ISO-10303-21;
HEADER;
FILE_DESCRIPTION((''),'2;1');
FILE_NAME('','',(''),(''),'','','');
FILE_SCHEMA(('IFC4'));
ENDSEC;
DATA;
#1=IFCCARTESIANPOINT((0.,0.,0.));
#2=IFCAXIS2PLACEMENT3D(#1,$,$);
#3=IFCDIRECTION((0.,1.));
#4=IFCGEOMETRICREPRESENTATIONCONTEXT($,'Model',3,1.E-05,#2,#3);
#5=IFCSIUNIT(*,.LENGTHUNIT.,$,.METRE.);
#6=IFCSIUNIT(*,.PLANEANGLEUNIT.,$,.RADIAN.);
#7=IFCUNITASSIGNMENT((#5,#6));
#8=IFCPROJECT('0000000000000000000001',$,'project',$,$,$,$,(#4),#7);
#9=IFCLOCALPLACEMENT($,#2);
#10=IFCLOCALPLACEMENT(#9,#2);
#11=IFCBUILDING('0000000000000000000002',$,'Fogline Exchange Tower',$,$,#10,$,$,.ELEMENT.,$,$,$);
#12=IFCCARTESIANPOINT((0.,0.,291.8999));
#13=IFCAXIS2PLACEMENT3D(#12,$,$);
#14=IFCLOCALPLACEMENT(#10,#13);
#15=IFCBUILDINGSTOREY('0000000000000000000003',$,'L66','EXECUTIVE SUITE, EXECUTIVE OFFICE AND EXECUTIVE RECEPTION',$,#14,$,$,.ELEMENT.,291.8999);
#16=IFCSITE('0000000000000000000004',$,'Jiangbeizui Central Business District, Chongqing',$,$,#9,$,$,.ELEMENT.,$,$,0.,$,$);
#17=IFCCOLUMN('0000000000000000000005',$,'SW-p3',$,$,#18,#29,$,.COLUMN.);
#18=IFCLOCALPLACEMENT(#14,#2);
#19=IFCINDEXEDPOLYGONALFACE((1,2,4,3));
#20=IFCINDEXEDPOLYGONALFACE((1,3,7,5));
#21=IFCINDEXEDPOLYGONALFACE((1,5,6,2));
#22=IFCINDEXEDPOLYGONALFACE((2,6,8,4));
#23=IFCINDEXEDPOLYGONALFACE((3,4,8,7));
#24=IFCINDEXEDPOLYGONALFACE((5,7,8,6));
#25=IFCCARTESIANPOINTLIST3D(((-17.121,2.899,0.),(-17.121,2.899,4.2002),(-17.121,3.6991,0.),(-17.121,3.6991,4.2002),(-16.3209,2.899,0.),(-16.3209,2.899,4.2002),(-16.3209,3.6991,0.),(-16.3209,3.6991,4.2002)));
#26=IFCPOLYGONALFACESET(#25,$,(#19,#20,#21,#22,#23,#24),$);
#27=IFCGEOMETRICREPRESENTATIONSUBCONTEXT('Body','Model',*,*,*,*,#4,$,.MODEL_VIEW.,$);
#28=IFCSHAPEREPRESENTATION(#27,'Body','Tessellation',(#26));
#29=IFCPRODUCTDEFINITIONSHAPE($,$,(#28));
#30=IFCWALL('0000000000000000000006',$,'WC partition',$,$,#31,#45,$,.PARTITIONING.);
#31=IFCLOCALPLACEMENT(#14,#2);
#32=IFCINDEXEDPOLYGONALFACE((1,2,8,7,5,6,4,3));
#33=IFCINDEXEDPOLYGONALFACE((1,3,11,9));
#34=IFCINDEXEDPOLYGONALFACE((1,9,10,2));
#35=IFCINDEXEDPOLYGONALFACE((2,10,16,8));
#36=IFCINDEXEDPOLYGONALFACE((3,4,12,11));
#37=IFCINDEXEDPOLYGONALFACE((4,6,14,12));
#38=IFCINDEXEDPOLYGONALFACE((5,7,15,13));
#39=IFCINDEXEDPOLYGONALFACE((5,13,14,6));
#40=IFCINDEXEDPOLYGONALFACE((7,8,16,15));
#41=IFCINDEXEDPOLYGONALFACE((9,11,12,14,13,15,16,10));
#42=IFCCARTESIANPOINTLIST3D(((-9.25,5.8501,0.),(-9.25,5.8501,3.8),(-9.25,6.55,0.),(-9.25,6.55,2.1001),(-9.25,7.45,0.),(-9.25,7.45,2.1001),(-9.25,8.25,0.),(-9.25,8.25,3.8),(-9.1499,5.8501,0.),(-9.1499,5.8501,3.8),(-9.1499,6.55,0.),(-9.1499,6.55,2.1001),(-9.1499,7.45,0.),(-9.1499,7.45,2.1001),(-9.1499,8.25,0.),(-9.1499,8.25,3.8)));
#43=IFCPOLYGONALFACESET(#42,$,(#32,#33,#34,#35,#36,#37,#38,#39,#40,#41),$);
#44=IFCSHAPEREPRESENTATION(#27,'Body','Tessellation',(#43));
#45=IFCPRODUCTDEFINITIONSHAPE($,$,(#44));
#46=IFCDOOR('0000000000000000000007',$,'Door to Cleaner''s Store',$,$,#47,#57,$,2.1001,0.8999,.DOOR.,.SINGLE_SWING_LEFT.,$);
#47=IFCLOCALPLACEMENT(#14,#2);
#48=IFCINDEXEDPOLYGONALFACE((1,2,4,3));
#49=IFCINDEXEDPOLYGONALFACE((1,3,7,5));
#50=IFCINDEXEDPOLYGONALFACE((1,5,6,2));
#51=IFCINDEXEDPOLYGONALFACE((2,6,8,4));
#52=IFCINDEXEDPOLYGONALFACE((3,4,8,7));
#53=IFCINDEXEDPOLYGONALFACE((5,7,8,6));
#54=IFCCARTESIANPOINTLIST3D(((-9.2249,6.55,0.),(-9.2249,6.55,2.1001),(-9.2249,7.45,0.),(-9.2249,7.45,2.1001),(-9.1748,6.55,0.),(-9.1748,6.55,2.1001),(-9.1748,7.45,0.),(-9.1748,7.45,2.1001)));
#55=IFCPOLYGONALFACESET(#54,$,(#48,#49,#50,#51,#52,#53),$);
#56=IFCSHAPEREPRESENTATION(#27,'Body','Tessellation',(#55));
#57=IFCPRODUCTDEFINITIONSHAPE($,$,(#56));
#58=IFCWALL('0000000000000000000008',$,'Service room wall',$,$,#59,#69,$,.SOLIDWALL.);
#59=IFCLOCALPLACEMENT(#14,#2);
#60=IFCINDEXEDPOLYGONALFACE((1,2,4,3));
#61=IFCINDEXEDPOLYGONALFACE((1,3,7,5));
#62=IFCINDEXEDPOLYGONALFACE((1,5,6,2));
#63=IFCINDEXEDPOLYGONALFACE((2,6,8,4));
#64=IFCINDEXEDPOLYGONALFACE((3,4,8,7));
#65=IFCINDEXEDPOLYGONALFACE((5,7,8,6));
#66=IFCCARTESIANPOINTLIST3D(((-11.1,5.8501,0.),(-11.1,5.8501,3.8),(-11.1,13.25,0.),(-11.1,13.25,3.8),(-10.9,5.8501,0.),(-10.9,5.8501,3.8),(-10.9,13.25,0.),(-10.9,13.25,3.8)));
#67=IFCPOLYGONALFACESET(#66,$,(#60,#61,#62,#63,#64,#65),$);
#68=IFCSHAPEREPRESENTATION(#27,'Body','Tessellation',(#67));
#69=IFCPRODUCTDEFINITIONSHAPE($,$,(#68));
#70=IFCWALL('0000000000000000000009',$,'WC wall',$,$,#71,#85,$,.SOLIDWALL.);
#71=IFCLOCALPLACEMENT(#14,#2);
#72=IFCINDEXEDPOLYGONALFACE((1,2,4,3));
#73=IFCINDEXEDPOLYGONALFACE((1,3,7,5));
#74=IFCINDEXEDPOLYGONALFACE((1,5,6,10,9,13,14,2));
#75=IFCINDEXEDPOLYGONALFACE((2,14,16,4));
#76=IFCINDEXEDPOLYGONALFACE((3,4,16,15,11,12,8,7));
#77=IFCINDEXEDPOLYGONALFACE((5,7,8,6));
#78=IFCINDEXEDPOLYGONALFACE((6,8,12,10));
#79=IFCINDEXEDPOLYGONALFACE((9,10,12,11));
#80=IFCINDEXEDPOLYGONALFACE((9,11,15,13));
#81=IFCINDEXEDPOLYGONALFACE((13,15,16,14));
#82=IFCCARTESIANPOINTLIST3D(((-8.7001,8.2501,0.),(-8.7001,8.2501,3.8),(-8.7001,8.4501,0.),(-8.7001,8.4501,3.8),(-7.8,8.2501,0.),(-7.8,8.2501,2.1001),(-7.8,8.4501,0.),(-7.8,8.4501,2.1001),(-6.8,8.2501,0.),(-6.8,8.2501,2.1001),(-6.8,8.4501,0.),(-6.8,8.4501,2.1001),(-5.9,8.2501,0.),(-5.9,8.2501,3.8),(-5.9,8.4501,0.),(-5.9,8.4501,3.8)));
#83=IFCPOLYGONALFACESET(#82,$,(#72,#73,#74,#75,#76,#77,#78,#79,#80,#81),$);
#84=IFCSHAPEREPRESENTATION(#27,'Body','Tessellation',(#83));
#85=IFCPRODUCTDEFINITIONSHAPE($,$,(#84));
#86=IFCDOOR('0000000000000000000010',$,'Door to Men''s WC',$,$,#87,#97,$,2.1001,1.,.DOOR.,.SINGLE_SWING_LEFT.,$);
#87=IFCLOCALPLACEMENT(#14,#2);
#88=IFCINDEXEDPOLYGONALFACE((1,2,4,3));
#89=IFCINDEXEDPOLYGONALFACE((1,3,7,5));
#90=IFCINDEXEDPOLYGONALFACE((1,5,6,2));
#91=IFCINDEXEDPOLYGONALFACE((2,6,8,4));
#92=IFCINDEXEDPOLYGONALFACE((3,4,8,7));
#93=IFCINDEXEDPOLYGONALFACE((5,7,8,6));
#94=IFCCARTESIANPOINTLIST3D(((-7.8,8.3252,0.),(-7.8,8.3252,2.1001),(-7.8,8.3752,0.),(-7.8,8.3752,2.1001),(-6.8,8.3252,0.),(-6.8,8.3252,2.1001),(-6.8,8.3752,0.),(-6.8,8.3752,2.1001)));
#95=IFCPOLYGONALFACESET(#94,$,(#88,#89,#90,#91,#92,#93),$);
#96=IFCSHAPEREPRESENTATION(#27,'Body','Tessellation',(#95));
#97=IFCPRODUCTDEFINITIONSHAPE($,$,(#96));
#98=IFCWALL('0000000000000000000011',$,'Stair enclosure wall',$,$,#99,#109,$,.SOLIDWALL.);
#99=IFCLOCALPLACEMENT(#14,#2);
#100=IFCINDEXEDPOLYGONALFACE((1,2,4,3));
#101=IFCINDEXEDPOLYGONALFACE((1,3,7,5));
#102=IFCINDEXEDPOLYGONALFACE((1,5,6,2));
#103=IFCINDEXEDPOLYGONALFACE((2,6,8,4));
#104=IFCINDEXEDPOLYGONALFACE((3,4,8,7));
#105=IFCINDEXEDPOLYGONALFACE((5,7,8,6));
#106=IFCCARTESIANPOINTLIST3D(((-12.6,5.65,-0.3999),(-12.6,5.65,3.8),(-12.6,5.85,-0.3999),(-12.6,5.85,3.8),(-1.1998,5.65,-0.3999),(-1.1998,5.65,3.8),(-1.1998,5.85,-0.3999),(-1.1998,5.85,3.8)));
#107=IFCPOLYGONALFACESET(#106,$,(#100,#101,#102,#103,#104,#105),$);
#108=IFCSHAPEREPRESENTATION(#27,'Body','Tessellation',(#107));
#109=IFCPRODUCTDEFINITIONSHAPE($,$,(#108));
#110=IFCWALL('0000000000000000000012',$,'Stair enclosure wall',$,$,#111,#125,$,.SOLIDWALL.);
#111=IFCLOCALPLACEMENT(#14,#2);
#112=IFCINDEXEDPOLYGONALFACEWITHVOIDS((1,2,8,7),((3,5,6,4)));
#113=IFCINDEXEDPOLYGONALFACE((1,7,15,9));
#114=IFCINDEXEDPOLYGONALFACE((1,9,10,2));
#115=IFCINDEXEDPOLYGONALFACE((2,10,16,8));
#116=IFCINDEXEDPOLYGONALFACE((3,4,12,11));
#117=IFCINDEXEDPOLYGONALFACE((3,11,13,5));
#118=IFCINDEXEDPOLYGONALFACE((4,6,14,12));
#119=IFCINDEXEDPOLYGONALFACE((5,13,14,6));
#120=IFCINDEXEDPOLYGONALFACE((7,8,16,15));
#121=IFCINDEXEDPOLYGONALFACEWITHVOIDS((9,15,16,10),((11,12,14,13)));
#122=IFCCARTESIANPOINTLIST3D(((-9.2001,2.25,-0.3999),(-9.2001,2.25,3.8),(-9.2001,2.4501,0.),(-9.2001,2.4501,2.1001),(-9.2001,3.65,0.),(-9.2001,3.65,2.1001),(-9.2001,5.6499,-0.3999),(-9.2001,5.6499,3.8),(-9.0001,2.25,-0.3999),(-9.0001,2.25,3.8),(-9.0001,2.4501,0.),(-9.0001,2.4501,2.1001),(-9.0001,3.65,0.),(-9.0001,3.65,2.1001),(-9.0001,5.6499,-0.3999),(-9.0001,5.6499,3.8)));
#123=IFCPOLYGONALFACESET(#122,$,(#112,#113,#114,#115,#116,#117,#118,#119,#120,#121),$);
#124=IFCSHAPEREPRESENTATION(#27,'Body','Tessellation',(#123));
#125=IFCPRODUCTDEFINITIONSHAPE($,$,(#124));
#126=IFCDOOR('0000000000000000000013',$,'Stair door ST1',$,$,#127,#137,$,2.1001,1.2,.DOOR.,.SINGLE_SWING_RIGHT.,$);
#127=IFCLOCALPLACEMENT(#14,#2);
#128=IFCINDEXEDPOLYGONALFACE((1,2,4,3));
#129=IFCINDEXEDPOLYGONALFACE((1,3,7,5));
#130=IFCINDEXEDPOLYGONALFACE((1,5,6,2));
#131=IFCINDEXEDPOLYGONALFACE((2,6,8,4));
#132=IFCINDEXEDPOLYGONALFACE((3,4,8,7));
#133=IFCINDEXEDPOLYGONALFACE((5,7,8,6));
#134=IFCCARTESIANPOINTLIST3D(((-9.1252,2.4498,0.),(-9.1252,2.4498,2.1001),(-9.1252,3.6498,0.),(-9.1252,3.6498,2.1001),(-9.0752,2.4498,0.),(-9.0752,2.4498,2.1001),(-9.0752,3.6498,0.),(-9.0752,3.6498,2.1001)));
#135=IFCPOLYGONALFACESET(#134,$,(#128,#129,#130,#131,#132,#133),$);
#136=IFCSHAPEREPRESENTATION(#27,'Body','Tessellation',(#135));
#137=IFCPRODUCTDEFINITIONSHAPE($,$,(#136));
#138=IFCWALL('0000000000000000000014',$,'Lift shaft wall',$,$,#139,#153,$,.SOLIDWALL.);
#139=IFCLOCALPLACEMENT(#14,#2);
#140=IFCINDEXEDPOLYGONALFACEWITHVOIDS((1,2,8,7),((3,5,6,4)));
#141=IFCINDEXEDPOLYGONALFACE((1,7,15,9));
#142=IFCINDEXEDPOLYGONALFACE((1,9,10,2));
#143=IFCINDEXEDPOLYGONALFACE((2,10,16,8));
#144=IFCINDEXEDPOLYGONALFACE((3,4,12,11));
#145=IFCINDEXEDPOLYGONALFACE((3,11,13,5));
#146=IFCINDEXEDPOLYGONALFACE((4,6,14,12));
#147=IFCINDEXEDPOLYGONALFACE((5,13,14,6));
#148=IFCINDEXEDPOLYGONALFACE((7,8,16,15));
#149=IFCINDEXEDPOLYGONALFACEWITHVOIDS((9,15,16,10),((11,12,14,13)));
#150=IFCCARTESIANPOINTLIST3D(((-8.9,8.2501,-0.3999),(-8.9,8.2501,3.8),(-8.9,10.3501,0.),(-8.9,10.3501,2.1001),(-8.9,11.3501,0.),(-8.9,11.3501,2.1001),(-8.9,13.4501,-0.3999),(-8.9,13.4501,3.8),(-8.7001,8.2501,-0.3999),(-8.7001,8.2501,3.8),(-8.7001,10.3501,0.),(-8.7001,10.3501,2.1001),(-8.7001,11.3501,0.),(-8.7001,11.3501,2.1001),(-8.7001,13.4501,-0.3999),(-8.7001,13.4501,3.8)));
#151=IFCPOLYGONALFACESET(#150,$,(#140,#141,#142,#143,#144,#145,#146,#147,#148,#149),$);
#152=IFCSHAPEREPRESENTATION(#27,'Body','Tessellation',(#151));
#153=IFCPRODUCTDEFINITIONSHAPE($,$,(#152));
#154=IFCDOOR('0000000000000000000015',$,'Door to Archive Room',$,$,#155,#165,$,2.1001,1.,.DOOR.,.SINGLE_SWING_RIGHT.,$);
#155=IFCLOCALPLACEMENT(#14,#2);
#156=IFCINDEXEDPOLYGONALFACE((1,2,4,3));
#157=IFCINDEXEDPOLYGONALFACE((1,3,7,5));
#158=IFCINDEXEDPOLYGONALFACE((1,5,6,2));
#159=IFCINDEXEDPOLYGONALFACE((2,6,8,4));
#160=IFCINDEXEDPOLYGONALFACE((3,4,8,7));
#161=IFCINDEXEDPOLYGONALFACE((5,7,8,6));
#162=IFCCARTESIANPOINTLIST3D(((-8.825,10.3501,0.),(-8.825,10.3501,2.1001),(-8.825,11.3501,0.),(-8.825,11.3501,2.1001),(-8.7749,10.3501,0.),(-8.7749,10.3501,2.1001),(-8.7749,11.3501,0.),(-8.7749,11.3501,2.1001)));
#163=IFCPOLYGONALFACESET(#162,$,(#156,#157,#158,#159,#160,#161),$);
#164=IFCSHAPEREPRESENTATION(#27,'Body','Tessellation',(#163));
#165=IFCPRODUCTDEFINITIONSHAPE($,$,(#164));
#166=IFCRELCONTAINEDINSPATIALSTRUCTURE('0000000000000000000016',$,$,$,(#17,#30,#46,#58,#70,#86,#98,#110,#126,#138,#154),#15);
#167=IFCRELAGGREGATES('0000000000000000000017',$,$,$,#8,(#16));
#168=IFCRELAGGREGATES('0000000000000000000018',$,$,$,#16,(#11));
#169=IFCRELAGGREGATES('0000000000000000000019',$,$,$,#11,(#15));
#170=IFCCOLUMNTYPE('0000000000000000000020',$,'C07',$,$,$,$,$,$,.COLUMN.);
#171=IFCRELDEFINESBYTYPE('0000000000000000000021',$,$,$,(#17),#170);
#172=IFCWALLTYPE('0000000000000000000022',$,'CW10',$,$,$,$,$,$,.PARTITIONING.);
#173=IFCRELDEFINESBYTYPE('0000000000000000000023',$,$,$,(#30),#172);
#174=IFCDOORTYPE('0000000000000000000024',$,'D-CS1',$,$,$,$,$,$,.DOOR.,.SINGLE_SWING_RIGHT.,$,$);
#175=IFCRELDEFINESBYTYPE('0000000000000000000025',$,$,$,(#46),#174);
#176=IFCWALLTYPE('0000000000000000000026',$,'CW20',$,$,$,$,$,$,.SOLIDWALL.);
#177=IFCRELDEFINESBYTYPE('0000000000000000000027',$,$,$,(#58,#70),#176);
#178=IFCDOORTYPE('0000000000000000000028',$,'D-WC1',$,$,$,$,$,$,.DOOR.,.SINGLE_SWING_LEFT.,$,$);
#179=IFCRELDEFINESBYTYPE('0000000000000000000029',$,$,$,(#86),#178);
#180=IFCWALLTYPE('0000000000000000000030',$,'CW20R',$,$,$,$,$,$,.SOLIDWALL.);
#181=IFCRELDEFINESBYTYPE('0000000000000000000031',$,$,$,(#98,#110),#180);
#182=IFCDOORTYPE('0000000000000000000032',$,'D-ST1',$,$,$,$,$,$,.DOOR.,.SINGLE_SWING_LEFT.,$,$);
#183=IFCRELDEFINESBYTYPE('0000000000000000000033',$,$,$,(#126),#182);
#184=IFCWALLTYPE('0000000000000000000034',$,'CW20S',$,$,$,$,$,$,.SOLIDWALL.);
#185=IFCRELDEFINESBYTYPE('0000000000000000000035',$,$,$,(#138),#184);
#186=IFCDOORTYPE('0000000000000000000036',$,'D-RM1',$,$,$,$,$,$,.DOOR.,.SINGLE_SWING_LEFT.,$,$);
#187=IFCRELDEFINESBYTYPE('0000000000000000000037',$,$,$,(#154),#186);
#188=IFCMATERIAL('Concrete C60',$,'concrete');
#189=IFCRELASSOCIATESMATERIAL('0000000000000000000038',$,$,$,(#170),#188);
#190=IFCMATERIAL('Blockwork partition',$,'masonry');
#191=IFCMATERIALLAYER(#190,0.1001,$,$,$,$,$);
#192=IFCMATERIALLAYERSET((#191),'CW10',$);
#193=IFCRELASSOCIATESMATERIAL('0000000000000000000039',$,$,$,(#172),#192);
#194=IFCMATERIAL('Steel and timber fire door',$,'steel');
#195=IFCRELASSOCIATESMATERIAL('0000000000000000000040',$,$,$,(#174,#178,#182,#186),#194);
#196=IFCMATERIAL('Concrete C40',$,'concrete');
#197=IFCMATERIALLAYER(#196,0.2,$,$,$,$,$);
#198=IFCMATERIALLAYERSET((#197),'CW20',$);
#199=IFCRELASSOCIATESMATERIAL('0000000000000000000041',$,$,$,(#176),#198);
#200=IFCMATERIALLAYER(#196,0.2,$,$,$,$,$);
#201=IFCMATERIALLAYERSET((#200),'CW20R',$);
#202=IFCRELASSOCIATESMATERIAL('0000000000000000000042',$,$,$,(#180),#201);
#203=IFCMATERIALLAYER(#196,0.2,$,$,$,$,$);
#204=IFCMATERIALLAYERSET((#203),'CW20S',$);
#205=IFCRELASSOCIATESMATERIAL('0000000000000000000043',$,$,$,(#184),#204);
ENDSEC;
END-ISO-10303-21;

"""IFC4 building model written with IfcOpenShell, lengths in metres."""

from ifc_helpers import new_model, si_unit, direction, frame, frame_2d, origin, origin_2d, place, context, subcontext, project, spatial, rectangle, extrude, material, layer, layer_set, material_profile, profile_set, type_object, element, fill, save


model = new_model("IFC4")

# Units and contexts
model_context = context("Model", 3, precision=1e-05, world=origin(), true_north=direction((0.0, 1.0)))
body_context = subcontext(model_context, "Body", "Model", "MODEL_VIEW")
ifc_project = project(units=[si_unit("LENGTHUNIT", "METRE"), si_unit("PLANEANGLEUNIT", "RADIAN")], contexts=[model_context])

# Site, building, storey
site_placement = place(None, origin())
site = spatial("IfcSite", under=ifc_project, at=site_placement, Name="Jiangbeizui Central Business District, Chongqing", CompositionType="ELEMENT", RefElevation=0.0)
building_placement = place(site_placement, origin())
building = spatial("IfcBuilding", under=site, at=building_placement, Name="Fogline Exchange Tower", CompositionType="ELEMENT")
storey_placement = place(building_placement, frame((0.0, 0.0, 291.8999)))
storey = spatial("IfcBuildingStorey", under=building, at=storey_placement, Name="L66", Description="EXECUTIVE SUITE, EXECUTIVE OFFICE AND EXECUTIVE RECEPTION", CompositionType="ELEMENT", Elevation=291.8999)

# Column
ifc_material_1 = material(Name="Concrete C60", Category="concrete")
ifc_material_profile = material_profile(ifc_material_1, rectangle(XDim=0.8, YDim=0.8, at=origin_2d()), Name="RC 800x800")
ifc_profile_set = profile_set([ifc_material_profile], Name="Concrete C60")
column_type = type_object("IfcColumnType", Name="C07", PredefinedType="COLUMN", material=ifc_profile_set)
column_placement = place(storey_placement, frame((-16.7209, 3.2991, 0.0), z_axis=(0.0, 0.0, 1.0), x_axis=(1.0, 0.0, 0.0)))
element("IfcColumn", 1, at=column_placement, inside=storey, type_object=column_type, Name="SW-p3", PredefinedType="COLUMN", context=body_context, shape_type="SweptSolid", body=[
    extrude(rectangle(XDim=0.8, YDim=0.8, at=origin_2d()), origin(), (0.0, 0.0, 1.0), 4.2002),
])

# Wall, opening, door
ifc_material_2 = material(Name="Blockwork partition", Category="masonry")
ifc_layer_1 = layer(ifc_material_2, 0.1001)
ifc_layer_set_1 = layer_set([ifc_layer_1], Name="CW10")
wall_type_1 = type_object("IfcWallType", Name="CW10", PredefinedType="PARTITIONING", material=ifc_layer_set_1)
wall_1_placement = place(storey_placement, frame((-9.2, 5.8501, 0.0), z_axis=(0.0, 0.0, 1.0), x_axis=(0.0, 1.0, 0.0)))
wall_1 = element("IfcWall", 2, at=wall_1_placement, inside=storey, type_object=wall_type_1, Name="WC partition", PredefinedType="PARTITIONING", context=body_context, shape_type="SweptSolid", body=[
    extrude(rectangle(XDim=2.3999, YDim=0.1001, at=frame_2d((1.2, 0.0))), origin(), (0.0, 0.0, 1.0), 3.8),
])
opening_1_placement = place(wall_1_placement, frame((0.7, 0.0, 0.0)))
opening_1 = element("IfcOpeningElement", 3, at=opening_1_placement, cuts=wall_1, PredefinedType="OPENING", context=body_context, shape_type="SweptSolid", body=[
    extrude(rectangle(XDim=0.8999, YDim=2.1001, at=frame_2d((0.45, 1.05))), frame((0.0, 0.0601, 0.0), z_axis=(0.0, -1.0, 0.0), x_axis=(1.0, 0.0, 0.0)), (0.0, 0.0, 1.0), 0.1201),
])
ifc_material_3 = material(Name="Steel and timber fire door", Category="steel")
door_type_1 = type_object("IfcDoorType", Name="D-CS1", OperationType="SINGLE_SWING_RIGHT", PredefinedType="DOOR", material=ifc_material_3)
door_1_placement = place(opening_1_placement, origin())
door_1 = element("IfcDoor", 4, at=door_1_placement, inside=storey, type_object=door_type_1, Name="Door to Cleaner's Store", OperationType="SINGLE_SWING_LEFT", OverallHeight=2.1001, OverallWidth=0.8999, PredefinedType="DOOR", context=body_context, shape_type="SweptSolid", body=[
    extrude(rectangle(XDim=0.8999, YDim=2.1001, at=frame_2d((0.45, 1.05))), frame((0.0, 0.0249, 0.0), z_axis=(0.0, -1.0, 0.0), x_axis=(1.0, 0.0, 0.0)), (0.0, 0.0, 1.0), 0.05),
])
fill(opening_1, door_1)

# Wall
ifc_material_4 = material(Name="Concrete C40", Category="concrete")
ifc_layer_2 = layer(ifc_material_4, 0.2)
ifc_layer_set_2 = layer_set([ifc_layer_2], Name="CW20")
wall_type_2 = type_object("IfcWallType", Name="CW20", PredefinedType="SOLIDWALL", material=ifc_layer_set_2)
wall_2_placement = place(storey_placement, frame((-11.0, 5.8501, 0.0), z_axis=(0.0, 0.0, 1.0), x_axis=(0.0, 1.0, 0.0)))
element("IfcWall", 5, at=wall_2_placement, inside=storey, type_object=wall_type_2, Name="Service room wall", PredefinedType="SOLIDWALL", context=body_context, shape_type="SweptSolid", body=[
    extrude(rectangle(XDim=7.3999, YDim=0.2, at=frame_2d((3.7, 0.0))), origin(), (0.0, 0.0, 1.0), 3.8),
])

# Wall, opening, door
wall_3_placement = place(storey_placement, frame((-8.7, 8.3501, 0.0), z_axis=(0.0, 0.0, 1.0), x_axis=(1.0, 0.0, 0.0)))
wall_3 = element("IfcWall", 6, at=wall_3_placement, inside=storey, type_object=wall_type_2, Name="WC wall", PredefinedType="SOLIDWALL", context=body_context, shape_type="SweptSolid", body=[
    extrude(rectangle(XDim=2.8, YDim=0.2, at=frame_2d((1.3999, 0.0))), origin(), (0.0, 0.0, 1.0), 3.8),
])
opening_2_placement = place(wall_3_placement, frame((0.8999, 0.0, 0.0)))
opening_2 = element("IfcOpeningElement", 7, at=opening_2_placement, cuts=wall_3, PredefinedType="OPENING", context=body_context, shape_type="SweptSolid", body=[
    extrude(rectangle(XDim=1.0, YDim=2.1001, at=frame_2d((0.5, 1.05))), frame((0.0, 0.1099, 0.0), z_axis=(0.0, -1.0, 0.0), x_axis=(1.0, 0.0, 0.0)), (0.0, 0.0, 1.0), 0.22),
])
door_type_2 = type_object("IfcDoorType", Name="D-WC1", OperationType="SINGLE_SWING_LEFT", PredefinedType="DOOR", material=ifc_material_3)
door_2_placement = place(opening_2_placement, frame((1.0, 0.0, 0.0), z_axis=(0.0, 0.0, 1.0), x_axis=(-1.0, 0.0, 0.0)))
door_2 = element("IfcDoor", 8, at=door_2_placement, inside=storey, type_object=door_type_2, Name="Door to Men's WC", OperationType="SINGLE_SWING_LEFT", OverallHeight=2.1001, OverallWidth=1.0, PredefinedType="DOOR", context=body_context, shape_type="SweptSolid", body=[
    extrude(rectangle(XDim=1.0, YDim=2.1001, at=frame_2d((0.5, 1.05))), frame((0.0, 0.0249, 0.0), z_axis=(0.0, -1.0, 0.0), x_axis=(1.0, 0.0, 0.0)), (0.0, 0.0, 1.0), 0.05),
])
fill(opening_2, door_2)

# Wall
ifc_layer_3 = layer(ifc_material_4, 0.2)
ifc_layer_set_3 = layer_set([ifc_layer_3], Name="CW20R")
wall_type_3 = type_object("IfcWallType", Name="CW20R", PredefinedType="SOLIDWALL", material=ifc_layer_set_3)
wall_4_placement = place(storey_placement, frame((-12.6001, 5.75, -0.3999), z_axis=(0.0, 0.0, 1.0), x_axis=(1.0, 0.0, 0.0)))
element("IfcWall", 9, at=wall_4_placement, inside=storey, type_object=wall_type_3, Name="Stair enclosure wall", PredefinedType="SOLIDWALL", context=body_context, shape_type="SweptSolid", body=[
    extrude(rectangle(XDim=11.4001, YDim=0.2, at=frame_2d((5.7002, 0.0))), origin(), (0.0, 0.0, 1.0), 4.2),
])

# Walls, openings, doors
wall_5_placement = place(storey_placement, frame((-9.1001, 2.25, -0.3999), z_axis=(0.0, 0.0, 1.0), x_axis=(0.0, 1.0, 0.0)))
wall_5 = element("IfcWall", 10, at=wall_5_placement, inside=storey, type_object=wall_type_3, Name="Stair enclosure wall", PredefinedType="SOLIDWALL", context=body_context, shape_type="SweptSolid", body=[
    extrude(rectangle(XDim=3.3999, YDim=0.2, at=frame_2d((1.7, 0.0))), origin(), (0.0, 0.0, 1.0), 4.2),
])
opening_3_placement = place(wall_5_placement, frame((0.2, 0.0, 0.3999)))
opening_3 = element("IfcOpeningElement", 11, at=opening_3_placement, cuts=wall_5, PredefinedType="OPENING", context=body_context, shape_type="SweptSolid", body=[
    extrude(rectangle(XDim=1.2, YDim=2.1001, at=frame_2d((0.6001, 1.05))), frame((0.0, 0.1099, 0.0), z_axis=(0.0, -1.0, 0.0), x_axis=(1.0, 0.0, 0.0)), (0.0, 0.0, 1.0), 0.22),
])
door_type_3 = type_object("IfcDoorType", Name="D-ST1", OperationType="SINGLE_SWING_LEFT", PredefinedType="DOOR", material=ifc_material_3)
door_3_placement = place(opening_3_placement, frame((1.2, 0.0, 0.0), z_axis=(0.0, 0.0, 1.0), x_axis=(-1.0, 0.0, 0.0)))
door_3 = element("IfcDoor", 12, at=door_3_placement, inside=storey, type_object=door_type_3, Name="Stair door ST1", OperationType="SINGLE_SWING_RIGHT", OverallHeight=2.1001, OverallWidth=1.2, PredefinedType="DOOR", context=body_context, shape_type="SweptSolid", body=[
    extrude(rectangle(XDim=1.2, YDim=2.1001, at=frame_2d((0.6001, 1.05))), frame((0.0, 0.0249, 0.0), z_axis=(0.0, -1.0, 0.0), x_axis=(1.0, 0.0, 0.0)), (0.0, 0.0, 1.0), 0.05),
])
fill(opening_3, door_3)
ifc_layer_4 = layer(ifc_material_4, 0.2)
ifc_layer_set_4 = layer_set([ifc_layer_4], Name="CW20S")
wall_type_4 = type_object("IfcWallType", Name="CW20S", PredefinedType="SOLIDWALL", material=ifc_layer_set_4)
wall_6_placement = place(storey_placement, frame((-8.8, 8.25, -0.3999), z_axis=(0.0, 0.0, 1.0), x_axis=(0.0, 1.0, 0.0)))
wall_6 = element("IfcWall", 13, at=wall_6_placement, inside=storey, type_object=wall_type_4, Name="Lift shaft wall", PredefinedType="SOLIDWALL", context=body_context, shape_type="SweptSolid", body=[
    extrude(rectangle(XDim=5.2, YDim=0.2, at=frame_2d((2.6001, 0.0))), origin(), (0.0, 0.0, 1.0), 4.2),
])
opening_4_placement = place(wall_6_placement, frame((2.1001, 0.0, 0.3999)))
opening_4 = element("IfcOpeningElement", 14, at=opening_4_placement, cuts=wall_6, PredefinedType="OPENING", context=body_context, shape_type="SweptSolid", body=[
    extrude(rectangle(XDim=1.0, YDim=2.1001, at=frame_2d((0.5, 1.05))), frame((0.0, 0.1099, 0.0), z_axis=(0.0, -1.0, 0.0), x_axis=(1.0, 0.0, 0.0)), (0.0, 0.0, 1.0), 0.22),
])
door_type_4 = type_object("IfcDoorType", Name="D-RM1", OperationType="SINGLE_SWING_LEFT", PredefinedType="DOOR", material=ifc_material_3)
door_4_placement = place(opening_4_placement, origin())
door_4 = element("IfcDoor", 15, at=door_4_placement, inside=storey, type_object=door_type_4, Name="Door to Archive Room", OperationType="SINGLE_SWING_RIGHT", OverallHeight=2.1001, OverallWidth=1.0, PredefinedType="DOOR", context=body_context, shape_type="SweptSolid", body=[
    extrude(rectangle(XDim=1.0, YDim=2.1001, at=frame_2d((0.5, 1.05))), frame((0.0, 0.0249, 0.0), z_axis=(0.0, -1.0, 0.0), x_axis=(1.0, 0.0, 0.0)), (0.0, 0.0, 1.0), 0.05),
])
fill(opening_4, door_4)

save(model, "model.ifc")
